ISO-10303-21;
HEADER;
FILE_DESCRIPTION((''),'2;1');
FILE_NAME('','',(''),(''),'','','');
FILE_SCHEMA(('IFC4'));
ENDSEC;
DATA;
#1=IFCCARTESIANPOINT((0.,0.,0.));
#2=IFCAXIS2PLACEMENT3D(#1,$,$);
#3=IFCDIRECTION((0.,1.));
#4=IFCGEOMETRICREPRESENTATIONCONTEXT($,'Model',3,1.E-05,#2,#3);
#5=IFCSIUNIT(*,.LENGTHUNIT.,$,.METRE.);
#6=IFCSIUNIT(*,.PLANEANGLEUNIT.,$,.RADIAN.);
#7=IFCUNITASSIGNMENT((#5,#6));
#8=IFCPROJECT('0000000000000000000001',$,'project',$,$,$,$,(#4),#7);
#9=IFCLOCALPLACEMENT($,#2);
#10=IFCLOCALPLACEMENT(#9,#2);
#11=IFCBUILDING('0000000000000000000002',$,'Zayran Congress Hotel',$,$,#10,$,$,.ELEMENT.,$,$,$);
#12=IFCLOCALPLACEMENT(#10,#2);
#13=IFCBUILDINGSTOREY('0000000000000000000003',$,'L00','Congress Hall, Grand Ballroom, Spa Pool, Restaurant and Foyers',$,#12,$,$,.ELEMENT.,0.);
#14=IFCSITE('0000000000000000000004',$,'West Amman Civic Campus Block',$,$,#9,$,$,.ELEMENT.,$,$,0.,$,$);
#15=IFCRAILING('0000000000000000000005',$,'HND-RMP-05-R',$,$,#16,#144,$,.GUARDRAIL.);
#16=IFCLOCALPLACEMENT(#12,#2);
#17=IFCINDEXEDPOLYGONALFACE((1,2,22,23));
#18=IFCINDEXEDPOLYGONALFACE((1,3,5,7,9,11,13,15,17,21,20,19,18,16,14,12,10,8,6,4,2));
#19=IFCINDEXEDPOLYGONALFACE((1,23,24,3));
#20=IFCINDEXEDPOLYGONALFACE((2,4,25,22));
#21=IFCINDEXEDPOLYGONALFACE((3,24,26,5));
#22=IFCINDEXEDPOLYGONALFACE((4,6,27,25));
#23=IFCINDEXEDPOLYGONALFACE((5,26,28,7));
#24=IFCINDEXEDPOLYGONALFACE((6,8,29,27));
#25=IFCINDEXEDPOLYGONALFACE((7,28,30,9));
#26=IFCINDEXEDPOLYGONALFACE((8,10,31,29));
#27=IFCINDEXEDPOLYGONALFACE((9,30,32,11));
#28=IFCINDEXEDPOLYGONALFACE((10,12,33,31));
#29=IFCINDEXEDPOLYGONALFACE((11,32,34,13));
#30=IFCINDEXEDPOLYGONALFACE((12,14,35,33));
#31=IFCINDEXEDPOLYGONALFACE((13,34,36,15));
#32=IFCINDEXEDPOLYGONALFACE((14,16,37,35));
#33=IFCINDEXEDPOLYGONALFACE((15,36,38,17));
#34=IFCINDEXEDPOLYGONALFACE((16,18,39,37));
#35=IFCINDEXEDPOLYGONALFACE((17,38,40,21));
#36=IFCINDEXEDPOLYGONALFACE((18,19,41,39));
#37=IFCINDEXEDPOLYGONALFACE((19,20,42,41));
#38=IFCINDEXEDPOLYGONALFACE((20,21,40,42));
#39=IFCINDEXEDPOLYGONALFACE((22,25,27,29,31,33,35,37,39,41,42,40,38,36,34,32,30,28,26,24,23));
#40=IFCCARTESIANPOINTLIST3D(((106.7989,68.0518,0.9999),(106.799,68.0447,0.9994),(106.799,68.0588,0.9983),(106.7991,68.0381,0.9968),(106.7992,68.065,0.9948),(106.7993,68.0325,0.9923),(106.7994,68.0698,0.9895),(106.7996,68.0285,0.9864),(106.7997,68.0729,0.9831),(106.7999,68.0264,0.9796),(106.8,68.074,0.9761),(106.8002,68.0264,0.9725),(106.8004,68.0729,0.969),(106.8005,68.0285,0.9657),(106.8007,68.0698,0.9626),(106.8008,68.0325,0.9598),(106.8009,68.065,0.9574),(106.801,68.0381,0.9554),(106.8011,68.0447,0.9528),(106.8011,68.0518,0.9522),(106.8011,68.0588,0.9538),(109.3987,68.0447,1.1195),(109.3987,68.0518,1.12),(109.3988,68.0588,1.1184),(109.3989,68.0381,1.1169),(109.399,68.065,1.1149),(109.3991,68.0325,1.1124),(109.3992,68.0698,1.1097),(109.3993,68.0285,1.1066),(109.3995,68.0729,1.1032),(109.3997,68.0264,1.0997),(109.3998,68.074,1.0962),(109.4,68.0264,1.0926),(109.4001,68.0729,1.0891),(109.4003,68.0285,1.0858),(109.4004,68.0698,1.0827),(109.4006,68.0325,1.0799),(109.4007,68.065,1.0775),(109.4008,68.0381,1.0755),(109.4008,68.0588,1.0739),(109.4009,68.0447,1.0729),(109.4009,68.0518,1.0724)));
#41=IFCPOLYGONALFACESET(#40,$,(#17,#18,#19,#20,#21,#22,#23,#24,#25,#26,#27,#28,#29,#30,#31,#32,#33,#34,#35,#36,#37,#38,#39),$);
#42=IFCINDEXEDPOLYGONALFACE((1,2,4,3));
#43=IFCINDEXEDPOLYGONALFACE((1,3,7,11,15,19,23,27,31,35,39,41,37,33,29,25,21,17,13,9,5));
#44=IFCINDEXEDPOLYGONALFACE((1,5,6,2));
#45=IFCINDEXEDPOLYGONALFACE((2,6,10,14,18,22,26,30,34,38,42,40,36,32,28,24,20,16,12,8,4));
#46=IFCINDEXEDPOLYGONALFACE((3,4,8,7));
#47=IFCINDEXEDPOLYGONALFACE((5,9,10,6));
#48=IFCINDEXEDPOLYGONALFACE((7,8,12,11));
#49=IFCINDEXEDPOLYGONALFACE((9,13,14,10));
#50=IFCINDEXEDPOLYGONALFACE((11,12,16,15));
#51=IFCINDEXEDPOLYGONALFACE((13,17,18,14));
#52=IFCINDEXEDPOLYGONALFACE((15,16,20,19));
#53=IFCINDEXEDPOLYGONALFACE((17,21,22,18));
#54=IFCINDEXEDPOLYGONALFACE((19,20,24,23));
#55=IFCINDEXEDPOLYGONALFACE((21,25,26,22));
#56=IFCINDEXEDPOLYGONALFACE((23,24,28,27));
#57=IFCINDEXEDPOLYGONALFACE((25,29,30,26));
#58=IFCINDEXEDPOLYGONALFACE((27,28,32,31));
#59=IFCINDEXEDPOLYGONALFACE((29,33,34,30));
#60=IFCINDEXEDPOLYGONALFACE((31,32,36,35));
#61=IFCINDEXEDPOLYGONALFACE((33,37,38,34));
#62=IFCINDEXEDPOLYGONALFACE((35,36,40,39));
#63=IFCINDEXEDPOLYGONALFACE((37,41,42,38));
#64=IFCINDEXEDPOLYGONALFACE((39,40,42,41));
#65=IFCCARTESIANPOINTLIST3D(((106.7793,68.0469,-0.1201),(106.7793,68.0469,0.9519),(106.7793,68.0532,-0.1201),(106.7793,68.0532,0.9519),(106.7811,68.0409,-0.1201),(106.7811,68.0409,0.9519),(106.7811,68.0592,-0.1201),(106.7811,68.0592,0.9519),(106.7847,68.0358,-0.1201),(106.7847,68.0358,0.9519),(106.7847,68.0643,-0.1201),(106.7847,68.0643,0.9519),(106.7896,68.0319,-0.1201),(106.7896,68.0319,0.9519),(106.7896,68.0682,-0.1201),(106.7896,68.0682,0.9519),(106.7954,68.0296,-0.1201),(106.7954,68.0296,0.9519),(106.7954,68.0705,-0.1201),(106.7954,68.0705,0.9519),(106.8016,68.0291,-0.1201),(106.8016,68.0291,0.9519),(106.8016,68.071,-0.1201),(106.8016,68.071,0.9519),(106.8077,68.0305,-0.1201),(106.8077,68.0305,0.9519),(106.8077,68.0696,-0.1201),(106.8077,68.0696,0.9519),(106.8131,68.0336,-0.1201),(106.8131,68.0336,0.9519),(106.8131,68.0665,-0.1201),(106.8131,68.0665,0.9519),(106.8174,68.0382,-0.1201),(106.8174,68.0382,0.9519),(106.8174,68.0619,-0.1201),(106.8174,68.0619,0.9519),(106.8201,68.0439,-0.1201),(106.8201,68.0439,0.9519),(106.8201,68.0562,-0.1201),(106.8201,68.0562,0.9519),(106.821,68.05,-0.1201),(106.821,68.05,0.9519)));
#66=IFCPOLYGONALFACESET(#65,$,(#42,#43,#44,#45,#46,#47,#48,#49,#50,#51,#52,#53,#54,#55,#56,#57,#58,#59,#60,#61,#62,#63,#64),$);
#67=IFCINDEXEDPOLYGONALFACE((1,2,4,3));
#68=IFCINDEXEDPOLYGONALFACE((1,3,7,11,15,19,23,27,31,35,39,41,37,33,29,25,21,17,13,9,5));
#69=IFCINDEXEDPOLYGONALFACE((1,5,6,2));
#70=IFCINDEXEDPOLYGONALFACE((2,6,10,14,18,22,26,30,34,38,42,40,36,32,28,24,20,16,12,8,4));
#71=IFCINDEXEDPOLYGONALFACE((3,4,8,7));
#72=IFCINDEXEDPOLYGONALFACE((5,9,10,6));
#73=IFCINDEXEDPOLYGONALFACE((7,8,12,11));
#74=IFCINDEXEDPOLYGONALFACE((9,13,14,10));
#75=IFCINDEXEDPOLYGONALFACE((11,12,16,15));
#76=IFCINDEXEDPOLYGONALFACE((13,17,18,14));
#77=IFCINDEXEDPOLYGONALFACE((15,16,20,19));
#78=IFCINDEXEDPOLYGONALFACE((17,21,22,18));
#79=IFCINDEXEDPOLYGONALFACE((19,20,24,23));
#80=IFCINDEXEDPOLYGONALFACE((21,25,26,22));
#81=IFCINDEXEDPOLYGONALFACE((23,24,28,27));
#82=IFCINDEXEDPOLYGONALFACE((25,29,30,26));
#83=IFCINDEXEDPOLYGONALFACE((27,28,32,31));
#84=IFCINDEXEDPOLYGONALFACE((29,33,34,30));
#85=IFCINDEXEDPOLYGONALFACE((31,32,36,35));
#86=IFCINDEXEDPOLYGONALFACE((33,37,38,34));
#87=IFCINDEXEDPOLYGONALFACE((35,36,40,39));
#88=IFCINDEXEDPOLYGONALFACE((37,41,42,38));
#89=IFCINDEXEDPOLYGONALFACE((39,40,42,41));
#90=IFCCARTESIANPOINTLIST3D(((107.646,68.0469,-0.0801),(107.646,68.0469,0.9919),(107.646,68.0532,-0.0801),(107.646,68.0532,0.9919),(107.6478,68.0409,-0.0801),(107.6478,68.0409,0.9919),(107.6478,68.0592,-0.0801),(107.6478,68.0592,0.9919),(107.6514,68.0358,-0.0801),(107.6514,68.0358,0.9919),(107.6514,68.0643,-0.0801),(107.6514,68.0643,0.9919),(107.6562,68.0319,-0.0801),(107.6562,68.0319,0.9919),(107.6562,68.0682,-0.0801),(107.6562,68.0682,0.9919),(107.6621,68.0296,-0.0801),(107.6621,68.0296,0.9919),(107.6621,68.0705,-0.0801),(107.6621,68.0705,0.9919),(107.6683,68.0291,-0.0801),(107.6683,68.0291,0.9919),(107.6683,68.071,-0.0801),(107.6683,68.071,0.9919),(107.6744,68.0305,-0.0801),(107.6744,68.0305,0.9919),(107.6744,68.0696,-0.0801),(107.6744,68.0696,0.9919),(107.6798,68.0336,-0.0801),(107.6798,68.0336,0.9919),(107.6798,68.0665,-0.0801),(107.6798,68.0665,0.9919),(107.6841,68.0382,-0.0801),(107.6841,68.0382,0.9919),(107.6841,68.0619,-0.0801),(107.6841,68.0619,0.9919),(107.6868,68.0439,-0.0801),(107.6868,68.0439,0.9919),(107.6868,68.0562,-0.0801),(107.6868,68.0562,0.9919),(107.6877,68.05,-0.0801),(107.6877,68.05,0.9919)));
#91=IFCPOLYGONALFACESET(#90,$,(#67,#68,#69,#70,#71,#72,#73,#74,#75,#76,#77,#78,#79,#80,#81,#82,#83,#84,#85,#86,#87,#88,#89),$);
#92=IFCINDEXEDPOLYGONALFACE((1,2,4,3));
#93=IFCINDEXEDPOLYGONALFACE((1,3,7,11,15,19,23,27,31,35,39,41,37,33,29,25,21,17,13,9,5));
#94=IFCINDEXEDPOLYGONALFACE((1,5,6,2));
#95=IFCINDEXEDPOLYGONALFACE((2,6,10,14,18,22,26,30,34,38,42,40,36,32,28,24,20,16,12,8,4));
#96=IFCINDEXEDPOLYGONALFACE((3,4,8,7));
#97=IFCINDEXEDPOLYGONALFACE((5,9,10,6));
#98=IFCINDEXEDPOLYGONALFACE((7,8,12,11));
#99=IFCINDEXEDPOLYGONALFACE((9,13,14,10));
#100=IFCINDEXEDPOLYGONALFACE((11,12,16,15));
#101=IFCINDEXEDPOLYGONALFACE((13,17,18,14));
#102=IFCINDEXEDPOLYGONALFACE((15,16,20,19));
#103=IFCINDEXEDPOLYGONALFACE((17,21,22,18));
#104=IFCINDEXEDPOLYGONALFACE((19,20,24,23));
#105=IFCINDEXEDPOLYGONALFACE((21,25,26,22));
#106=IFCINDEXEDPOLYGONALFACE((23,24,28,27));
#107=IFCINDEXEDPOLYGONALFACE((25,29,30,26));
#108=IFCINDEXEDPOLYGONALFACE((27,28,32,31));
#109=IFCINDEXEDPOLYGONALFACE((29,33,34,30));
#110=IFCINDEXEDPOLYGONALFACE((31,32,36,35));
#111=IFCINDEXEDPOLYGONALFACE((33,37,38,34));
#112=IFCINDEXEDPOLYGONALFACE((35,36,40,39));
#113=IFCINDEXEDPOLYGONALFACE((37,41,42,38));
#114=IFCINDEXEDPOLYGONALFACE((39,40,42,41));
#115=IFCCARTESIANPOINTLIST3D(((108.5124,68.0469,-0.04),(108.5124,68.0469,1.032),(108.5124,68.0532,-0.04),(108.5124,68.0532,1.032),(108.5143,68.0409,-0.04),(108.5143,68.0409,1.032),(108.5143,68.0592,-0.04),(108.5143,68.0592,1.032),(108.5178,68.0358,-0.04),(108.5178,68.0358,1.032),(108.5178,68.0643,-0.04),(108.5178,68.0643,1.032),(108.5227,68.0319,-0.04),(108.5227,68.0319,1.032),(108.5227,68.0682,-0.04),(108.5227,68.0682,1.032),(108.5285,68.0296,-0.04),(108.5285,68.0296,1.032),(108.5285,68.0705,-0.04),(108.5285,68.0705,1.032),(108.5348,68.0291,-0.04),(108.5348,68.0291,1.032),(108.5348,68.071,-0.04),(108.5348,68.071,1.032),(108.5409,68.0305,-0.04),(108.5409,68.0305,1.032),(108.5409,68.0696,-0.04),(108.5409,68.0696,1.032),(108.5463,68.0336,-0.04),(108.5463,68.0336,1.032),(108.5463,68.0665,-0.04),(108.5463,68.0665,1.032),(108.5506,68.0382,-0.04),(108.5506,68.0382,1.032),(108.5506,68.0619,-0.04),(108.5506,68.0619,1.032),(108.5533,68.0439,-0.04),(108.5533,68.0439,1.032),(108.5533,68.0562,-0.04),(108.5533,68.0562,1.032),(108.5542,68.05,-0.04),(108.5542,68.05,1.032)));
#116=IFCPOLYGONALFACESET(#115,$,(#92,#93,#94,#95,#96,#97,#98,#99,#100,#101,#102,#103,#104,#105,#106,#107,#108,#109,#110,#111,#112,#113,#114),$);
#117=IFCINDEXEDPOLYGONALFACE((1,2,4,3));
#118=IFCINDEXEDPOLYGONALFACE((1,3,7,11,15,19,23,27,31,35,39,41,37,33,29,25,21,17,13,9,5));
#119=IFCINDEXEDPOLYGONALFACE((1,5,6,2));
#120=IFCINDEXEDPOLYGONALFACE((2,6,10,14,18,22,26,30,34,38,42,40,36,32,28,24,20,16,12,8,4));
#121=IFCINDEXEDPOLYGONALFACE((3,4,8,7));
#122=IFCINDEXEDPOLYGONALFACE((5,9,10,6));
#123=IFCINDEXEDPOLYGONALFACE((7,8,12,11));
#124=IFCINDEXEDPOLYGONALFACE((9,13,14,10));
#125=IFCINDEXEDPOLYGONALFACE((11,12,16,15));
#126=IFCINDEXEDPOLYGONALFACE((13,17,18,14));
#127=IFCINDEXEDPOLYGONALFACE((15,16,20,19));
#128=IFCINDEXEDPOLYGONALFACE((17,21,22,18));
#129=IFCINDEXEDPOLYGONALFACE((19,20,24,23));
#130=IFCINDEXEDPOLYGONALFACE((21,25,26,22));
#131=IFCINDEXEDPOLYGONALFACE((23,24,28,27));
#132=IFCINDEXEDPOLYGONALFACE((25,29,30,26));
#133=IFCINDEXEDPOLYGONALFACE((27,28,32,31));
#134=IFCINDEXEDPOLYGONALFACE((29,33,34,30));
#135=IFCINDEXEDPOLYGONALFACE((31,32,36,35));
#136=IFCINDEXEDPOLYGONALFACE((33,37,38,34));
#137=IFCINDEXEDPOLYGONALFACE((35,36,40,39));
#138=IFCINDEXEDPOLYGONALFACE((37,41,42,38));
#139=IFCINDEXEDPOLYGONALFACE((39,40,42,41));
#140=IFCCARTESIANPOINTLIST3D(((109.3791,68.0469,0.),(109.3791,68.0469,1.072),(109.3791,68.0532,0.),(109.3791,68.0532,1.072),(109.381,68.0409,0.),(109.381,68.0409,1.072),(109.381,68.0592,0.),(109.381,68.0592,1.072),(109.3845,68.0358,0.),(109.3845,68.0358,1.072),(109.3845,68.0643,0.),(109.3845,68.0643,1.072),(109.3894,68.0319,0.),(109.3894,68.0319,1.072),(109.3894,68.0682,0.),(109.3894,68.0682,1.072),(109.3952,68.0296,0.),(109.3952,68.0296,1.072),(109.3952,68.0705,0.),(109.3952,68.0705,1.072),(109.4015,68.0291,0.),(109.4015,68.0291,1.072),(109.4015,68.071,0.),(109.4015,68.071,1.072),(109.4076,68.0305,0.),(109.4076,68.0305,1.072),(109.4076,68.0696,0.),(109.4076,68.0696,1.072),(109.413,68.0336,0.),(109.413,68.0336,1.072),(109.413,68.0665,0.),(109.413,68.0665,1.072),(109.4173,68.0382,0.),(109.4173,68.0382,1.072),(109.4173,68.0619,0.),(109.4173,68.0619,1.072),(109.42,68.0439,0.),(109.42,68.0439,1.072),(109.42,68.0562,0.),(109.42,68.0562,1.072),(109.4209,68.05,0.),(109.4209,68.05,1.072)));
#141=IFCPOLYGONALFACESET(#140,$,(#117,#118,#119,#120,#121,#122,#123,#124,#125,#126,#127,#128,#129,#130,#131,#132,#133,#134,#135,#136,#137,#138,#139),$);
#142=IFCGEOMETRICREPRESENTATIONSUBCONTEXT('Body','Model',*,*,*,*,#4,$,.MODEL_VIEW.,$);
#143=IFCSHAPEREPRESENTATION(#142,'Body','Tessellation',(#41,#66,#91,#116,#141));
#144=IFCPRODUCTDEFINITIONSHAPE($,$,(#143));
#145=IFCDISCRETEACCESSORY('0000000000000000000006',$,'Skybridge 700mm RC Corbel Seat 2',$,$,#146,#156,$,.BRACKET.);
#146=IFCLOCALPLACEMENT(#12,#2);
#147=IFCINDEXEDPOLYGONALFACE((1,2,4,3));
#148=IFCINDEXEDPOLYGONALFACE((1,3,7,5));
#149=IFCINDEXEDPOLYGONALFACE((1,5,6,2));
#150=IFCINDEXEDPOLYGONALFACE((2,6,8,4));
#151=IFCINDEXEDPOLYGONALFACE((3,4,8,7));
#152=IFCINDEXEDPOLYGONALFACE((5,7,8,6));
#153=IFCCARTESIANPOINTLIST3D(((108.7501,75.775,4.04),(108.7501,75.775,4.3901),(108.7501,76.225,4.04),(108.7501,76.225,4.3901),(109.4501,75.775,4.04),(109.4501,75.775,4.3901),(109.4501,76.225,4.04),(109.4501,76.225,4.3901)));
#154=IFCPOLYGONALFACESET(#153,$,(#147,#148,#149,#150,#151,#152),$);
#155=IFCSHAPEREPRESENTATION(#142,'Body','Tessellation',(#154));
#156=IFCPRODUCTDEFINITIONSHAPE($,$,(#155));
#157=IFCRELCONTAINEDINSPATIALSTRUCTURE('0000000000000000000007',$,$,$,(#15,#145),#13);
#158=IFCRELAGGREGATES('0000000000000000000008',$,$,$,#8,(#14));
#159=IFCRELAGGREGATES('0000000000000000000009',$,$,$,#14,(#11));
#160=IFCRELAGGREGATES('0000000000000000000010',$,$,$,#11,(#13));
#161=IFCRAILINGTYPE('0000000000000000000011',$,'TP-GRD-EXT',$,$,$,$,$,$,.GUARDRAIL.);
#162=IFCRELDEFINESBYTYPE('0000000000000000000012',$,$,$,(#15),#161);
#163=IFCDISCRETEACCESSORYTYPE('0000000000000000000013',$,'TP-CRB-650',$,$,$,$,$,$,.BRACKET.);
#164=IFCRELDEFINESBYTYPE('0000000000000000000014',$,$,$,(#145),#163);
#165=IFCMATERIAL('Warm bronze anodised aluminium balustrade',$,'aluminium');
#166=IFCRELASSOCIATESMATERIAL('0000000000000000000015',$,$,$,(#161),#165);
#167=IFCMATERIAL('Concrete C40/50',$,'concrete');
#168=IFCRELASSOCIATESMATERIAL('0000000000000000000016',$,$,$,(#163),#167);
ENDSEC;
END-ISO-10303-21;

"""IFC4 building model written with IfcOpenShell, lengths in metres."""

from ifc_helpers import new_model, si_unit, direction, frame, origin, origin_2d, place, context, subcontext, project, spatial, rectangle, circle, extrude, material, type_object, element, save


model = new_model("IFC4")

# Units and contexts
model_context = context("Model", 3, precision=1e-05, world=origin(), true_north=direction((0.0, 1.0)))
body_context = subcontext(model_context, "Body", "Model", "MODEL_VIEW")
ifc_project = project(units=[si_unit("LENGTHUNIT", "METRE"), si_unit("PLANEANGLEUNIT", "RADIAN")], contexts=[model_context])

# Site, building, storey
site_placement = place(None, origin())
site = spatial("IfcSite", under=ifc_project, at=site_placement, Name="West Amman Civic Campus Block", CompositionType="ELEMENT", RefElevation=0.0)
building_placement = place(site_placement, origin())
building = spatial("IfcBuilding", under=site, at=building_placement, Name="Zayran Congress Hotel", CompositionType="ELEMENT")
storey_placement = place(building_placement, origin())
storey = spatial("IfcBuildingStorey", under=building, at=storey_placement, Name="L00", Description="Congress Hall, Grand Ballroom, Spa Pool, Restaurant and Foyers", CompositionType="ELEMENT", Elevation=0.0)

# Shared definitions
ifc_material_1 = material(Name="Concrete C40/50", Category="concrete")

# Railing
ifc_material_2 = material(Name="Warm bronze anodised aluminium balustrade", Category="aluminium")
railing_type = type_object("IfcRailingType", Name="TP-GRD-EXT", PredefinedType="GUARDRAIL", material=ifc_material_2)
for number, where, name in (
    (1, (106.8, 68.05, -0.1201), "HND-RMP-05-R"),
):
    element("IfcRailing", number, at=place(storey_placement, frame(where)), inside=storey, type_object=railing_type, Name=name, PredefinedType="GUARDRAIL", context=body_context, shape_type="SweptSolid", body=[
        extrude(circle(Radius=0.0239, at=origin_2d()), frame((0.0, 0.0, 1.0962), z_axis=(0.998934, 0.0, 0.046152), x_axis=(0.0, 1.0, 0.0)), (0.0, 0.0, 1.0), 2.6025),
        extrude(circle(Radius=0.021, at=origin_2d()), origin(), (0.0, 0.0, 1.0), 1.072),
        extrude(circle(Radius=0.021, at=origin_2d()), frame((0.8667, 0.0, 0.04)), (0.0, 0.0, 1.0), 1.072),
        extrude(circle(Radius=0.021, at=origin_2d()), frame((1.7332, 0.0, 0.0801)), (0.0, 0.0, 1.0), 1.072),
        extrude(circle(Radius=0.021, at=origin_2d()), frame((2.5999, 0.0, 0.1201)), (0.0, 0.0, 1.0), 1.072),
    ])

# Discrete accessory
discrete_accessory_type = type_object("IfcDiscreteAccessoryType", Name="TP-CRB-650", PredefinedType="BRACKET", material=ifc_material_1)
discrete_accessory_placement = place(storey_placement, frame((109.1001, 76.0, 4.04), z_axis=(0.0, 0.0, 1.0), x_axis=(1.0, 0.0, 0.0)))
element("IfcDiscreteAccessory", 2, at=discrete_accessory_placement, inside=storey, type_object=discrete_accessory_type, Name="Skybridge 700mm RC Corbel Seat 2", PredefinedType="BRACKET", context=body_context, shape_type="SweptSolid", body=[
    extrude(rectangle(XDim=0.7, YDim=0.45, at=origin_2d()), origin(), (0.0, 0.0, 1.0), 0.3501),
])

save(model, "model.ifc")
